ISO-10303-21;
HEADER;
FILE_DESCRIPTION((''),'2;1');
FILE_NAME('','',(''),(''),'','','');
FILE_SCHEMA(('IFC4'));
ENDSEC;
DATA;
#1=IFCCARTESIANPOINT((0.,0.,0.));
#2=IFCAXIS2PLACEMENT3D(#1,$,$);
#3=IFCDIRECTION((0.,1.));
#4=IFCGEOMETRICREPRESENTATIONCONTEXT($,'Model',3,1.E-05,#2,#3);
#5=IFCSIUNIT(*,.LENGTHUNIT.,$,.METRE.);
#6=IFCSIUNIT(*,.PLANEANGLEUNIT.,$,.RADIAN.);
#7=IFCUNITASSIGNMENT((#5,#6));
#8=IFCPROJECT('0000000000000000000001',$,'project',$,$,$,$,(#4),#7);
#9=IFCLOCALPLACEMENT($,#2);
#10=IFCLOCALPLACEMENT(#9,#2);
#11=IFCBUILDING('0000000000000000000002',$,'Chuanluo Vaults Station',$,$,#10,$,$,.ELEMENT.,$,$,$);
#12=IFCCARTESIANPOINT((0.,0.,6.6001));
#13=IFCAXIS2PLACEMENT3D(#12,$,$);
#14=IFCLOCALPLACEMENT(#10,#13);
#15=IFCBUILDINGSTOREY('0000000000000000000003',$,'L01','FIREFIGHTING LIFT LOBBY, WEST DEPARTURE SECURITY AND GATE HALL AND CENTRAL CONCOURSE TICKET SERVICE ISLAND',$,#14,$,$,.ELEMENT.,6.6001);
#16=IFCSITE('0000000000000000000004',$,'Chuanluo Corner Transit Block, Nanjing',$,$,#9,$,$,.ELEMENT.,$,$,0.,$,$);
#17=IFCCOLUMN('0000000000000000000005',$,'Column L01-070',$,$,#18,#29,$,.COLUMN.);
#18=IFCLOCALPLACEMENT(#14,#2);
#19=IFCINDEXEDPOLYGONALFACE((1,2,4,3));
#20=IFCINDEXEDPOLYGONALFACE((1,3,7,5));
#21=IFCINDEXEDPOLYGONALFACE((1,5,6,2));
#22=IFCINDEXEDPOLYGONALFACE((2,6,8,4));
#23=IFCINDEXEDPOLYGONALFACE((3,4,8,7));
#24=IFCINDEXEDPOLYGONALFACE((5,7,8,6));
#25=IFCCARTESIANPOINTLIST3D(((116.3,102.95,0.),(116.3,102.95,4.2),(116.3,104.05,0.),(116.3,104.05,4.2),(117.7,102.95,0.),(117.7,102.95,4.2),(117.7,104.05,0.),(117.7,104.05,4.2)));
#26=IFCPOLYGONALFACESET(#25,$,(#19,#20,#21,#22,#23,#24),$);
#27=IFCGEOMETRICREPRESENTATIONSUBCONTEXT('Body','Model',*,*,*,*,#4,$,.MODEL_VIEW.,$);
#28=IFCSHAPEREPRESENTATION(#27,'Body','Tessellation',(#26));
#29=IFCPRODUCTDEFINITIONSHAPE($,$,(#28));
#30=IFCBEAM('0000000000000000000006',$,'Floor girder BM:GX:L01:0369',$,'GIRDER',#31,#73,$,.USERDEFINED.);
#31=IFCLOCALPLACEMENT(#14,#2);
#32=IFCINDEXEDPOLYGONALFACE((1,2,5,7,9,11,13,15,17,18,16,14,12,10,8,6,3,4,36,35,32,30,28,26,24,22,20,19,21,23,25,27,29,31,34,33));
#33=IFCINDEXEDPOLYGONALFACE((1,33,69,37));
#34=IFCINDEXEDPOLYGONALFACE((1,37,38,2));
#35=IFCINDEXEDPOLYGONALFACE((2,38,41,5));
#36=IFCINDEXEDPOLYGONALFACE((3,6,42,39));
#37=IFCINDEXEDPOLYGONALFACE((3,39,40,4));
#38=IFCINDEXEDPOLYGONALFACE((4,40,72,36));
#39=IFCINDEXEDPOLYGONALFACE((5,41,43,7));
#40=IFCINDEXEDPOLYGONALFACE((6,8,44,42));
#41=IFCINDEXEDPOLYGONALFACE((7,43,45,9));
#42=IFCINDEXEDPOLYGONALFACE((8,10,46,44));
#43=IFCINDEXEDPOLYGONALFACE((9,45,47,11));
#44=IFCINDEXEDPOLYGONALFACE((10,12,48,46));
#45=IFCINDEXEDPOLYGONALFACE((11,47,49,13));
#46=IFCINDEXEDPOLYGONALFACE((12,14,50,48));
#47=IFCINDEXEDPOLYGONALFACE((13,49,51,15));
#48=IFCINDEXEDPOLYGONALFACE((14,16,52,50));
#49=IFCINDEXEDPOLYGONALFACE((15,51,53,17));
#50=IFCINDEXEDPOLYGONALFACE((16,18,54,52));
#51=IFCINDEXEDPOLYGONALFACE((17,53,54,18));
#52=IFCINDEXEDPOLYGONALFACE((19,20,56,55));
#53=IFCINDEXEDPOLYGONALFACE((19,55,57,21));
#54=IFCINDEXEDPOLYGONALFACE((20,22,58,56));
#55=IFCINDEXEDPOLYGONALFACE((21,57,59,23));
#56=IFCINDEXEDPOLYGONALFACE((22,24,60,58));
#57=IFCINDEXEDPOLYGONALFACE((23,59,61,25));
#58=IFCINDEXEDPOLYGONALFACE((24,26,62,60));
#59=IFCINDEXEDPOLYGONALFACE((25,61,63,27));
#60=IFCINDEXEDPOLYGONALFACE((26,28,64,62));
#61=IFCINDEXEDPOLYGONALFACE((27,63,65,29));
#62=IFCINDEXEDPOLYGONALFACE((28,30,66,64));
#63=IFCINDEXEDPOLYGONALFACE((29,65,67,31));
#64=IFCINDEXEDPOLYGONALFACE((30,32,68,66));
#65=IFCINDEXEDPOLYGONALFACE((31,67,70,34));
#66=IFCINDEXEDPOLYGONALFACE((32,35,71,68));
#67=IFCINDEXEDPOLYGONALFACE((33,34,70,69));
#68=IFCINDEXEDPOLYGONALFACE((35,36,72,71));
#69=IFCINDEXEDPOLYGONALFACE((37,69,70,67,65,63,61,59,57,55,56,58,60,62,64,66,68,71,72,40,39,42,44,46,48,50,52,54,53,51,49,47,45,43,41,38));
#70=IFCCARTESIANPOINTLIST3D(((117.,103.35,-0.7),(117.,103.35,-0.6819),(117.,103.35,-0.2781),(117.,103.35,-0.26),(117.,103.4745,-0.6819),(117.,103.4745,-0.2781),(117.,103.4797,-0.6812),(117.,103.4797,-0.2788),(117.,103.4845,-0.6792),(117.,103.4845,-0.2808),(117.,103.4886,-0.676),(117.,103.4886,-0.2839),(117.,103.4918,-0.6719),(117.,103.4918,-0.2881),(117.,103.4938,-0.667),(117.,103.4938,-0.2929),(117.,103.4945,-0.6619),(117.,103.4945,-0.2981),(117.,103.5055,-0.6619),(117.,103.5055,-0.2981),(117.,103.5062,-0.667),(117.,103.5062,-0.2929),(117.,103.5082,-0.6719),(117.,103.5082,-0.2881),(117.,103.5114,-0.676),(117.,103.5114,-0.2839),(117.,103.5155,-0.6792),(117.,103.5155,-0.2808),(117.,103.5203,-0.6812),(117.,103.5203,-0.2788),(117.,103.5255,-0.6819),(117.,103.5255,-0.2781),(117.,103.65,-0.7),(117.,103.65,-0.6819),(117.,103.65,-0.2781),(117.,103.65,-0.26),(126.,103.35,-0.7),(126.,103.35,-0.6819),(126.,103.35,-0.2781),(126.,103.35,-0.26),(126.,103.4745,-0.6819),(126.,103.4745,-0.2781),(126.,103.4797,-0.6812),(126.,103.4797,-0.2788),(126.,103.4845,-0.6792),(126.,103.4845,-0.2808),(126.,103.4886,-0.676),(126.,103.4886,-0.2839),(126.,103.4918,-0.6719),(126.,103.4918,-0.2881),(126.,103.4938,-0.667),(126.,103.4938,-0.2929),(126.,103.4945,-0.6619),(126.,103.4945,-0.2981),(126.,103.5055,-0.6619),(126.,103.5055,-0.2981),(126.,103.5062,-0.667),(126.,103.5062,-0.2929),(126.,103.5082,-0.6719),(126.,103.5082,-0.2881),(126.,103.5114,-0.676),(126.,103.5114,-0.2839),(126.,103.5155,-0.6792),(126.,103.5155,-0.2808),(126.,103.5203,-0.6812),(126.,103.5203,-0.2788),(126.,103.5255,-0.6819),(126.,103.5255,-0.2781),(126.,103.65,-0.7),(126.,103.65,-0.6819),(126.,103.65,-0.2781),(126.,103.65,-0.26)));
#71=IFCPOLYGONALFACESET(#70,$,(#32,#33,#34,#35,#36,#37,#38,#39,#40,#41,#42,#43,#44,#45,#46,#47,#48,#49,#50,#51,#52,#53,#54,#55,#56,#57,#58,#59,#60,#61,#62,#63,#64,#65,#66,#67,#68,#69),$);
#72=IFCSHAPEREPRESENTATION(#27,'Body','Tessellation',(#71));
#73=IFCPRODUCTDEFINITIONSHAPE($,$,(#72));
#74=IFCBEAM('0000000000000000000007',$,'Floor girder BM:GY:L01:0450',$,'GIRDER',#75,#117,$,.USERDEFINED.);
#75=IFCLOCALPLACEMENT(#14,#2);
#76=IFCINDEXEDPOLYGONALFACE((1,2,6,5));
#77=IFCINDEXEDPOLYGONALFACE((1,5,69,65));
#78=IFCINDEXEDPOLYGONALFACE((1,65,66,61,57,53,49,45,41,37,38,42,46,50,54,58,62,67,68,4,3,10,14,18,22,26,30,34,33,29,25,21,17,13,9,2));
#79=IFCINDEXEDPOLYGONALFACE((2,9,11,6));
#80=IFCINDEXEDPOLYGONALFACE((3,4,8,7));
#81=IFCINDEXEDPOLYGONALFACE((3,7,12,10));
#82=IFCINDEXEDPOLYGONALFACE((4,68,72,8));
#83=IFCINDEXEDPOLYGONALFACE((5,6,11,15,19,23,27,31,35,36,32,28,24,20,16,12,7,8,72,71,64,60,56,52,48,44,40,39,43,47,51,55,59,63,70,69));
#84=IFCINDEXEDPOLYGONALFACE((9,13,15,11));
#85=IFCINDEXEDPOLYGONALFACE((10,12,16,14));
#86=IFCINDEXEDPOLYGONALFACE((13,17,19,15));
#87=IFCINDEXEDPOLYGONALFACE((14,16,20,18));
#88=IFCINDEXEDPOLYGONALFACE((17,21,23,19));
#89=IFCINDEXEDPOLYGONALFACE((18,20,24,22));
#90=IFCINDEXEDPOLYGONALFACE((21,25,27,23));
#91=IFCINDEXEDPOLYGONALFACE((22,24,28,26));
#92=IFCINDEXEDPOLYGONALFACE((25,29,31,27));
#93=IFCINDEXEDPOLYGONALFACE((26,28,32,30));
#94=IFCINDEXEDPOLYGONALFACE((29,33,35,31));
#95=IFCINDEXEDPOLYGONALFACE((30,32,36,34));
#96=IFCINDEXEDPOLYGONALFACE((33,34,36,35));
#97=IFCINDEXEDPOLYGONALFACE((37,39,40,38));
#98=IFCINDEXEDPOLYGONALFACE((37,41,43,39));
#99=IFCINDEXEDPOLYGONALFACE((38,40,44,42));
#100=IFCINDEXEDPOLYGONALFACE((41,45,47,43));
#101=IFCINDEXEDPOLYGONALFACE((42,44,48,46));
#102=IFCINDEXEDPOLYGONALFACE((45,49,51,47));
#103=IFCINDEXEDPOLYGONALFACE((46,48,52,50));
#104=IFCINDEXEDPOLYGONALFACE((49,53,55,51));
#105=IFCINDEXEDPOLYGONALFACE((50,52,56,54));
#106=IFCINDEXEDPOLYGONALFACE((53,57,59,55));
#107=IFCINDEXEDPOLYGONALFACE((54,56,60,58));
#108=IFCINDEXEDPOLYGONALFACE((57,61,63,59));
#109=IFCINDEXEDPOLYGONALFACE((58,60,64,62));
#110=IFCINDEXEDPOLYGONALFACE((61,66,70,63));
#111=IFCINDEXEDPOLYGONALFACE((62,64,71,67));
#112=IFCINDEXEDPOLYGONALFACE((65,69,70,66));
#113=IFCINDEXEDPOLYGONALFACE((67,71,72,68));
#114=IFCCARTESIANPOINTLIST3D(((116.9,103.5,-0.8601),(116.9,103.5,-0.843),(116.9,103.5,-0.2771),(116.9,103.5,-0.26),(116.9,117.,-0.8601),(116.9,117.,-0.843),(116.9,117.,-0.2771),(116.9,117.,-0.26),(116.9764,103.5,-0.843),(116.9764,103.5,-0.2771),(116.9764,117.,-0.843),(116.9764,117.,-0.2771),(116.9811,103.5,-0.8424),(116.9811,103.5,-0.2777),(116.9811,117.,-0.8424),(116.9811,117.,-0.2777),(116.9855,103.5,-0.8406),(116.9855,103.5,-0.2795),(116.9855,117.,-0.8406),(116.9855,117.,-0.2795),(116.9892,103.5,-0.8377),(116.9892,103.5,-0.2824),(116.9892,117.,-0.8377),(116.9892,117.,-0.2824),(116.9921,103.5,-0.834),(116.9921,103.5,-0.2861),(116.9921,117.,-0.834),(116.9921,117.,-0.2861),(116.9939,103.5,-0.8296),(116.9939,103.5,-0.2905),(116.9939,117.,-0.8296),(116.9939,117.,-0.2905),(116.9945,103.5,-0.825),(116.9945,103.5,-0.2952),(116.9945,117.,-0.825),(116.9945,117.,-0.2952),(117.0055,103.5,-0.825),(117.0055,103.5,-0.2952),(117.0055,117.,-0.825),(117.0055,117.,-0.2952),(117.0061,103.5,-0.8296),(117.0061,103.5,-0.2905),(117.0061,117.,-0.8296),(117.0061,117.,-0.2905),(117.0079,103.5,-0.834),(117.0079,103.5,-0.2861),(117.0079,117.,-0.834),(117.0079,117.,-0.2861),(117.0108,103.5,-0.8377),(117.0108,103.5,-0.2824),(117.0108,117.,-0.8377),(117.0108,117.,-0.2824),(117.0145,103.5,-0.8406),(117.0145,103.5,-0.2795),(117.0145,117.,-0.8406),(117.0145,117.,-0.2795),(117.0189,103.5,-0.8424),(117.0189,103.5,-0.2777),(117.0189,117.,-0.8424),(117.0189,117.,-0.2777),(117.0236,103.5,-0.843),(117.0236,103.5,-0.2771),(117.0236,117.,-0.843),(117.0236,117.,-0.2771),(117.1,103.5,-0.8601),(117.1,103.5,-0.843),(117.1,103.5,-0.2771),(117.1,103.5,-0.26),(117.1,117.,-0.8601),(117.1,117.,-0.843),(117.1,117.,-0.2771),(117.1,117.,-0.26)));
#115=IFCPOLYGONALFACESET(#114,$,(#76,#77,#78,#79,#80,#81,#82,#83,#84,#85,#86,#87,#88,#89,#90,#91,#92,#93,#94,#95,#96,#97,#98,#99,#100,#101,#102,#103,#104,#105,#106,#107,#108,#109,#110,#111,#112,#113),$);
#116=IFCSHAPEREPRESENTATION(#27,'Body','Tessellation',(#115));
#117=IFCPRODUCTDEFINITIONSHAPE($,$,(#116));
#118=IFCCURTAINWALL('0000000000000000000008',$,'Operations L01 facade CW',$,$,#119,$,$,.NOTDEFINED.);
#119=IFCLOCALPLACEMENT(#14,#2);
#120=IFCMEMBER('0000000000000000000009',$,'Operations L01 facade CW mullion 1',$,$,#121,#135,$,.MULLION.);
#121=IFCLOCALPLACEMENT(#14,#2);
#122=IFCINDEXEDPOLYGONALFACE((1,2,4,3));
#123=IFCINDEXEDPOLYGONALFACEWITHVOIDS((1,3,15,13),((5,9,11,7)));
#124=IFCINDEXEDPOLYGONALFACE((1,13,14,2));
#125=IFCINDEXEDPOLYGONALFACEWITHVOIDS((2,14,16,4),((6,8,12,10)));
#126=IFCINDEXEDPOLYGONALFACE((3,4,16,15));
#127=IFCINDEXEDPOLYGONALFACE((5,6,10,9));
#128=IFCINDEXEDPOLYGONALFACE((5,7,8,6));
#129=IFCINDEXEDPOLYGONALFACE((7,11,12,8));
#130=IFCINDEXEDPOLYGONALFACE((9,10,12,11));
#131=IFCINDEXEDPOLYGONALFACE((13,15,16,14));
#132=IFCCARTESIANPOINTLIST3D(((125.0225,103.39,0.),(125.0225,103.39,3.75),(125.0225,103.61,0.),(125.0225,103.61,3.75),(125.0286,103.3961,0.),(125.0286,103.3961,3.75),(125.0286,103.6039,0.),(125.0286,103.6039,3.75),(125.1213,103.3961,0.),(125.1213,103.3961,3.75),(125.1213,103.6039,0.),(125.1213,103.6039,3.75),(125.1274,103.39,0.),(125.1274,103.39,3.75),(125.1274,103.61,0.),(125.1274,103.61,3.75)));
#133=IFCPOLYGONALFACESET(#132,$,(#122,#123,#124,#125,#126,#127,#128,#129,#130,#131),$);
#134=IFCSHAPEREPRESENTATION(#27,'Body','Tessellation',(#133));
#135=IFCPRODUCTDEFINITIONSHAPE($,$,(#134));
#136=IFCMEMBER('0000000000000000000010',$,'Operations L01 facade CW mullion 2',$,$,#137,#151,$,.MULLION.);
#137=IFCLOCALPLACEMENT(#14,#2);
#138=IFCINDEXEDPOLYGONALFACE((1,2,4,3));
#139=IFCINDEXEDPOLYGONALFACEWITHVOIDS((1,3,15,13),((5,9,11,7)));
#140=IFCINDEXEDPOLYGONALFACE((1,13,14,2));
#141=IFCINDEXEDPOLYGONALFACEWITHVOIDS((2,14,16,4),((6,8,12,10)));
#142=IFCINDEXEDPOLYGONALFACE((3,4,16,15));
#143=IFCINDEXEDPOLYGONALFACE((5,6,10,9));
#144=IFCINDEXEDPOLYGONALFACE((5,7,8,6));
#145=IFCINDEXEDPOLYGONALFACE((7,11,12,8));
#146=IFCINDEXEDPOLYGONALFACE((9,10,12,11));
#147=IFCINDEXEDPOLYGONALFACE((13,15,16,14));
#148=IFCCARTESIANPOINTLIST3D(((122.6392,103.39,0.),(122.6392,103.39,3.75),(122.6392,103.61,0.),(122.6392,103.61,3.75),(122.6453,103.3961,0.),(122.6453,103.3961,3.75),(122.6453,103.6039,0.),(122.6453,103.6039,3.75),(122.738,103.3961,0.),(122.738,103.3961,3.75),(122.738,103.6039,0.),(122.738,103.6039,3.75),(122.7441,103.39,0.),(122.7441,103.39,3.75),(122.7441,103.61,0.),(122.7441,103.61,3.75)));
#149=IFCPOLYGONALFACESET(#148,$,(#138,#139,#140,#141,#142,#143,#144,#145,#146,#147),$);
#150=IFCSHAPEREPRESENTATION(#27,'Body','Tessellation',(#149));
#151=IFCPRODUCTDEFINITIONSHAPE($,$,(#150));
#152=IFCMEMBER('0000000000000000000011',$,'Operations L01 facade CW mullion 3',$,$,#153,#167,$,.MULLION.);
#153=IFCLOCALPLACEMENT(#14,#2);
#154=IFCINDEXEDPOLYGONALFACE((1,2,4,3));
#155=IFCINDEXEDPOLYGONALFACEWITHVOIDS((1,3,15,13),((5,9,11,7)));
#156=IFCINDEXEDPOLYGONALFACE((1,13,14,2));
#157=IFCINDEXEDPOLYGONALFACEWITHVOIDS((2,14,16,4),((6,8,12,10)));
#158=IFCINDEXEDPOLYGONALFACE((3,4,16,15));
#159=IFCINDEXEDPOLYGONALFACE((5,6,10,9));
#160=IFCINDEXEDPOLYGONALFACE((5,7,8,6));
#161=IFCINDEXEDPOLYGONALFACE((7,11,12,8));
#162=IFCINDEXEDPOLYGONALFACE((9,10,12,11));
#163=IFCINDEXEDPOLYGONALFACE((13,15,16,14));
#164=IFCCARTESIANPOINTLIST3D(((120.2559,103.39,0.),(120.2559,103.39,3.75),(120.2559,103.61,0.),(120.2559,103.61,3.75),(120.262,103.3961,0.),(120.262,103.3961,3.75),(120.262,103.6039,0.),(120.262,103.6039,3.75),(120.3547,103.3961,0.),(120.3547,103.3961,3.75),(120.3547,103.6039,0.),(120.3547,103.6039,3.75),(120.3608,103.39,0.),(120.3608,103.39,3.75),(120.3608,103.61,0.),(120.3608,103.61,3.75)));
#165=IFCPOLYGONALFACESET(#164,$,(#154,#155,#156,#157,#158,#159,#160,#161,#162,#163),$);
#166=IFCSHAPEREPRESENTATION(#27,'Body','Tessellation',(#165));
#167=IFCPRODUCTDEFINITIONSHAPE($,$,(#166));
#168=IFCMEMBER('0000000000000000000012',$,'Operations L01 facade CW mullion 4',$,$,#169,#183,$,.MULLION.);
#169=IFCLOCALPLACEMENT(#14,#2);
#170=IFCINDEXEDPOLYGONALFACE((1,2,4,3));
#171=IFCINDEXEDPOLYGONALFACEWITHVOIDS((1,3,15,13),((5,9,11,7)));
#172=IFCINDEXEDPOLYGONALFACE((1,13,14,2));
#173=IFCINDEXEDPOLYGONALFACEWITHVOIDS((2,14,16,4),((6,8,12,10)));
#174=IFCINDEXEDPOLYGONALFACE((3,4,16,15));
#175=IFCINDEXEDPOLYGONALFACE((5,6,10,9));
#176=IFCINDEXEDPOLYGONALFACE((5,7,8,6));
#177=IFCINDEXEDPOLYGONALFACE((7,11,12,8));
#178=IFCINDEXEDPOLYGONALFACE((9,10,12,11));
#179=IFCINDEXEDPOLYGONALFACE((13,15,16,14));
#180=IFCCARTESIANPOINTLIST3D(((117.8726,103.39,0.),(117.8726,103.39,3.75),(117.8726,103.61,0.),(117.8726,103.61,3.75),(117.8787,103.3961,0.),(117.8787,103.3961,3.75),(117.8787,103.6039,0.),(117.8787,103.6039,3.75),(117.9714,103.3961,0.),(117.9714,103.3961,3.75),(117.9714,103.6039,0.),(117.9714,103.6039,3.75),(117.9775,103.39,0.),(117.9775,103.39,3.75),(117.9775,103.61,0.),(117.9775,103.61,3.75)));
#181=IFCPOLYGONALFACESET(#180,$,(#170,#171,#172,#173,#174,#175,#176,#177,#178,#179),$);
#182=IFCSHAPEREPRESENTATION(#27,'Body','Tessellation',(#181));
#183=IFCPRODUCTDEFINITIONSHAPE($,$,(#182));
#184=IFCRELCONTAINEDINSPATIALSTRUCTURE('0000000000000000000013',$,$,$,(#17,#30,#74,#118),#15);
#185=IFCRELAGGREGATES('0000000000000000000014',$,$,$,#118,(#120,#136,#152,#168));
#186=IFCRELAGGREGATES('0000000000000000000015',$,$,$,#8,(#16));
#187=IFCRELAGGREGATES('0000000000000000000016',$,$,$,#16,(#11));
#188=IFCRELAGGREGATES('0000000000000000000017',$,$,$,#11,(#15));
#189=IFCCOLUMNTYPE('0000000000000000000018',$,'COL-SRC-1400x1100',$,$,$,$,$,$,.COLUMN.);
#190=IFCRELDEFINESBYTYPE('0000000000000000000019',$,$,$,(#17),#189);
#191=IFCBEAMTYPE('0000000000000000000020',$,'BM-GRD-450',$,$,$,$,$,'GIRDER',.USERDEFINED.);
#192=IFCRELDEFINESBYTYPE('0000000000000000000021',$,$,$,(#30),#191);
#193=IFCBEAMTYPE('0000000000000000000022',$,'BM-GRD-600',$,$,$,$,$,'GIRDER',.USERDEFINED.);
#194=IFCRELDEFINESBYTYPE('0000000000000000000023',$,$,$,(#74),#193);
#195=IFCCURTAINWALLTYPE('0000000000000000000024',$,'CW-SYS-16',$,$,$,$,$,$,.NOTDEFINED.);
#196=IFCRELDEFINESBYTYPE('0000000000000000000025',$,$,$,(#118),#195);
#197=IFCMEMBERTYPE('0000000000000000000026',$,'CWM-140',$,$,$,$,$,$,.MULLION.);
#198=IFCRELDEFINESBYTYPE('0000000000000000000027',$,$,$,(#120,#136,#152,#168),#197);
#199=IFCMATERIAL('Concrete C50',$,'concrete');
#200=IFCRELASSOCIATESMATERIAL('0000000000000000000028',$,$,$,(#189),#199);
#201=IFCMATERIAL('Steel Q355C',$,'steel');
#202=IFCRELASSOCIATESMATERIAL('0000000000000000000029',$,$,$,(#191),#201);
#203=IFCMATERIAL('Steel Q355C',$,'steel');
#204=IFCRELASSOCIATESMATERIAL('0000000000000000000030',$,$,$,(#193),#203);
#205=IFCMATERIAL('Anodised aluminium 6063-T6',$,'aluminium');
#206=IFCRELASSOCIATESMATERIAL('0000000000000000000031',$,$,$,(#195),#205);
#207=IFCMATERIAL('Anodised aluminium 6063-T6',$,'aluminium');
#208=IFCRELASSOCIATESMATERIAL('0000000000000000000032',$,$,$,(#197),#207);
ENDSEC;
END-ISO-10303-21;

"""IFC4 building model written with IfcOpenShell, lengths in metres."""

from ifc_helpers import new_model, si_unit, direction, frame, origin, origin_2d, place, context, subcontext, project, spatial, rectangle, hollow_rectangle, i_section, extrude, material, material_profile, profile_set, type_object, element, aggregate, save


model = new_model("IFC4")

# Units and contexts
model_context = context("Model", 3, precision=1e-05, world=origin(), true_north=direction((0.0, 1.0)))
body_context = subcontext(model_context, "Body", "Model", "MODEL_VIEW")
ifc_project = project(units=[si_unit("LENGTHUNIT", "METRE"), si_unit("PLANEANGLEUNIT", "RADIAN")], contexts=[model_context])

# Site, building, storey
site_placement = place(None, origin())
site = spatial("IfcSite", under=ifc_project, at=site_placement, Name="Chuanluo Corner Transit Block, Nanjing", CompositionType="ELEMENT", RefElevation=0.0)
building_placement = place(site_placement, origin())
building = spatial("IfcBuilding", under=site, at=building_placement, Name="Chuanluo Vaults Station", CompositionType="ELEMENT")
storey_placement = place(building_placement, frame((0.0, 0.0, 6.6001)))
storey = spatial("IfcBuildingStorey", under=building, at=storey_placement, Name="L01", Description="FIREFIGHTING LIFT LOBBY, WEST DEPARTURE SECURITY AND GATE HALL AND CENTRAL CONCOURSE TICKET SERVICE ISLAND", CompositionType="ELEMENT", Elevation=6.6001)

# Column
ifc_material_1 = material(Name="Concrete C50", Category="concrete")
ifc_material_profile_1 = material_profile(ifc_material_1, rectangle(XDim=1.3999, YDim=1.1001, at=origin_2d()))
ifc_profile_set_1 = profile_set([ifc_material_profile_1], Name="Concrete C50")
column_type = type_object("IfcColumnType", Name="COL-SRC-1400x1100", PredefinedType="COLUMN", material=ifc_profile_set_1)
column_placement = place(storey_placement, frame((117.0, 103.5, 0.0), z_axis=(0.0, 0.0, 1.0), x_axis=(1.0, 0.0, 0.0)))
element("IfcColumn", 1, at=column_placement, inside=storey, type_object=column_type, Name="Column L01-070", PredefinedType="COLUMN", context=body_context, shape_type="SweptSolid", body=[
    extrude(rectangle(XDim=1.3999, YDim=1.1001, at=origin_2d()), origin(), (0.0, 0.0, 1.0), 4.2),
])

# Beams
ifc_material_2 = material(Name="Steel Q355C", Category="steel")
ifc_material_profile_2 = material_profile(ifc_material_2, i_section(OverallWidth=0.3, OverallDepth=0.4399, WebThickness=0.011, FlangeThickness=0.0181, FilletRadius=0.02, at=origin_2d()))
ifc_profile_set_2 = profile_set([ifc_material_profile_2], Name="Steel Q355C")
beam_type_1 = type_object("IfcBeamType", Name="BM-GRD-450", ElementType="GIRDER", PredefinedType="USERDEFINED", material=ifc_profile_set_2)
beam_1_placement = place(storey_placement, frame((117.0, 103.5, -0.48), z_axis=(1.0, 0.0, 0.0), x_axis=(0.0, 1.0, 0.0)))
element("IfcBeam", 2, at=beam_1_placement, inside=storey, type_object=beam_type_1, Name="Floor girder BM:GX:L01:0369", ObjectType="GIRDER", PredefinedType="USERDEFINED", context=body_context, shape_type="SweptSolid", body=[
    extrude(i_section(OverallWidth=0.3, OverallDepth=0.4399, WebThickness=0.011, FlangeThickness=0.0181, FilletRadius=0.02, at=origin_2d()), origin(), (0.0, 0.0, 1.0), 9.0),
])
ifc_material_3 = material(Name="Steel Q355C", Category="steel")
ifc_material_profile_3 = material_profile(ifc_material_3, i_section(OverallWidth=0.2, OverallDepth=0.6001, WebThickness=0.011, FlangeThickness=0.0171, FilletRadius=0.0181, at=origin_2d()))
ifc_profile_set_3 = profile_set([ifc_material_profile_3], Name="Steel Q355C")
beam_type_2 = type_object("IfcBeamType", Name="BM-GRD-600", ElementType="GIRDER", PredefinedType="USERDEFINED", material=ifc_profile_set_3)
beam_2_placement = place(storey_placement, frame((117.0, 103.5, -0.5601), z_axis=(0.0, 1.0, 0.0), x_axis=(-1.0, 0.0, 0.0)))
element("IfcBeam", 3, at=beam_2_placement, inside=storey, type_object=beam_type_2, Name="Floor girder BM:GY:L01:0450", ObjectType="GIRDER", PredefinedType="USERDEFINED", context=body_context, shape_type="SweptSolid", body=[
    extrude(i_section(OverallWidth=0.2, OverallDepth=0.6001, WebThickness=0.011, FlangeThickness=0.0171, FilletRadius=0.0181, at=origin_2d()), origin(), (0.0, 0.0, 1.0), 13.5),
])

# Curtain wall, members
ifc_material_4 = material(Name="Anodised aluminium 6063-T6", Category="aluminium")
curtain_wall_type = type_object("IfcCurtainWallType", Name="CW-SYS-16", PredefinedType="NOTDEFINED", material=ifc_material_4)
curtain_wall_placement = place(storey_placement, origin())
curtain_wall = element("IfcCurtainWall", 4, at=curtain_wall_placement, inside=storey, type_object=curtain_wall_type, Name="Operations L01 facade CW", PredefinedType="NOTDEFINED")
ifc_material_5 = material(Name="Anodised aluminium 6063-T6", Category="aluminium")
ifc_material_profile_4 = material_profile(ifc_material_5, hollow_rectangle(XDim=0.105, YDim=0.22, WallThickness=0.0061, at=origin_2d()))
ifc_profile_set_4 = profile_set([ifc_material_profile_4], Name="Anodised aluminium 6063-T6")
member_type_1 = type_object("IfcMemberType", Name="CWM-140", PredefinedType="MULLION", material=ifc_profile_set_4)
member_1_placement = place(storey_placement, frame((125.075, 103.5, 0.0), z_axis=(0.0, 0.0, 1.0), x_axis=(-1.0, 0.0, 0.0)))
member_1 = element("IfcMember", 5, at=member_1_placement, type_object=member_type_1, Name="Operations L01 facade CW mullion 1", PredefinedType="MULLION", context=body_context, shape_type="SweptSolid", body=[
    extrude(hollow_rectangle(XDim=0.105, YDim=0.22, WallThickness=0.0061, at=origin_2d()), origin(), (0.0, 0.0, 1.0), 3.75),
])
member_2_placement = place(storey_placement, frame((122.6917, 103.5, 0.0), z_axis=(0.0, 0.0, 1.0), x_axis=(-1.0, 0.0, 0.0)))
member_2 = element("IfcMember", 6, at=member_2_placement, type_object=member_type_1, Name="Operations L01 facade CW mullion 2", PredefinedType="MULLION", context=body_context, shape_type="SweptSolid", body=[
    extrude(hollow_rectangle(XDim=0.105, YDim=0.22, WallThickness=0.0061, at=origin_2d()), origin(), (0.0, 0.0, 1.0), 3.75),
])
member_3_placement = place(storey_placement, frame((120.3083, 103.5, 0.0), z_axis=(0.0, 0.0, 1.0), x_axis=(-1.0, 0.0, 0.0)))
member_3 = element("IfcMember", 7, at=member_3_placement, type_object=member_type_1, Name="Operations L01 facade CW mullion 3", PredefinedType="MULLION", context=body_context, shape_type="SweptSolid", body=[
    extrude(hollow_rectangle(XDim=0.105, YDim=0.22, WallThickness=0.0061, at=origin_2d()), origin(), (0.0, 0.0, 1.0), 3.75),
])
member_4_placement = place(storey_placement, frame((117.925, 103.5, 0.0), z_axis=(0.0, 0.0, 1.0), x_axis=(-1.0, 0.0, 0.0)))
member_4 = element("IfcMember", 8, at=member_4_placement, type_object=member_type_1, Name="Operations L01 facade CW mullion 4", PredefinedType="MULLION", context=body_context, shape_type="SweptSolid", body=[
    extrude(hollow_rectangle(XDim=0.105, YDim=0.22, WallThickness=0.0061, at=origin_2d()), origin(), (0.0, 0.0, 1.0), 3.75),
])
aggregate(curtain_wall, [member_1, member_2, member_3, member_4])

save(model, "model.ifc")
